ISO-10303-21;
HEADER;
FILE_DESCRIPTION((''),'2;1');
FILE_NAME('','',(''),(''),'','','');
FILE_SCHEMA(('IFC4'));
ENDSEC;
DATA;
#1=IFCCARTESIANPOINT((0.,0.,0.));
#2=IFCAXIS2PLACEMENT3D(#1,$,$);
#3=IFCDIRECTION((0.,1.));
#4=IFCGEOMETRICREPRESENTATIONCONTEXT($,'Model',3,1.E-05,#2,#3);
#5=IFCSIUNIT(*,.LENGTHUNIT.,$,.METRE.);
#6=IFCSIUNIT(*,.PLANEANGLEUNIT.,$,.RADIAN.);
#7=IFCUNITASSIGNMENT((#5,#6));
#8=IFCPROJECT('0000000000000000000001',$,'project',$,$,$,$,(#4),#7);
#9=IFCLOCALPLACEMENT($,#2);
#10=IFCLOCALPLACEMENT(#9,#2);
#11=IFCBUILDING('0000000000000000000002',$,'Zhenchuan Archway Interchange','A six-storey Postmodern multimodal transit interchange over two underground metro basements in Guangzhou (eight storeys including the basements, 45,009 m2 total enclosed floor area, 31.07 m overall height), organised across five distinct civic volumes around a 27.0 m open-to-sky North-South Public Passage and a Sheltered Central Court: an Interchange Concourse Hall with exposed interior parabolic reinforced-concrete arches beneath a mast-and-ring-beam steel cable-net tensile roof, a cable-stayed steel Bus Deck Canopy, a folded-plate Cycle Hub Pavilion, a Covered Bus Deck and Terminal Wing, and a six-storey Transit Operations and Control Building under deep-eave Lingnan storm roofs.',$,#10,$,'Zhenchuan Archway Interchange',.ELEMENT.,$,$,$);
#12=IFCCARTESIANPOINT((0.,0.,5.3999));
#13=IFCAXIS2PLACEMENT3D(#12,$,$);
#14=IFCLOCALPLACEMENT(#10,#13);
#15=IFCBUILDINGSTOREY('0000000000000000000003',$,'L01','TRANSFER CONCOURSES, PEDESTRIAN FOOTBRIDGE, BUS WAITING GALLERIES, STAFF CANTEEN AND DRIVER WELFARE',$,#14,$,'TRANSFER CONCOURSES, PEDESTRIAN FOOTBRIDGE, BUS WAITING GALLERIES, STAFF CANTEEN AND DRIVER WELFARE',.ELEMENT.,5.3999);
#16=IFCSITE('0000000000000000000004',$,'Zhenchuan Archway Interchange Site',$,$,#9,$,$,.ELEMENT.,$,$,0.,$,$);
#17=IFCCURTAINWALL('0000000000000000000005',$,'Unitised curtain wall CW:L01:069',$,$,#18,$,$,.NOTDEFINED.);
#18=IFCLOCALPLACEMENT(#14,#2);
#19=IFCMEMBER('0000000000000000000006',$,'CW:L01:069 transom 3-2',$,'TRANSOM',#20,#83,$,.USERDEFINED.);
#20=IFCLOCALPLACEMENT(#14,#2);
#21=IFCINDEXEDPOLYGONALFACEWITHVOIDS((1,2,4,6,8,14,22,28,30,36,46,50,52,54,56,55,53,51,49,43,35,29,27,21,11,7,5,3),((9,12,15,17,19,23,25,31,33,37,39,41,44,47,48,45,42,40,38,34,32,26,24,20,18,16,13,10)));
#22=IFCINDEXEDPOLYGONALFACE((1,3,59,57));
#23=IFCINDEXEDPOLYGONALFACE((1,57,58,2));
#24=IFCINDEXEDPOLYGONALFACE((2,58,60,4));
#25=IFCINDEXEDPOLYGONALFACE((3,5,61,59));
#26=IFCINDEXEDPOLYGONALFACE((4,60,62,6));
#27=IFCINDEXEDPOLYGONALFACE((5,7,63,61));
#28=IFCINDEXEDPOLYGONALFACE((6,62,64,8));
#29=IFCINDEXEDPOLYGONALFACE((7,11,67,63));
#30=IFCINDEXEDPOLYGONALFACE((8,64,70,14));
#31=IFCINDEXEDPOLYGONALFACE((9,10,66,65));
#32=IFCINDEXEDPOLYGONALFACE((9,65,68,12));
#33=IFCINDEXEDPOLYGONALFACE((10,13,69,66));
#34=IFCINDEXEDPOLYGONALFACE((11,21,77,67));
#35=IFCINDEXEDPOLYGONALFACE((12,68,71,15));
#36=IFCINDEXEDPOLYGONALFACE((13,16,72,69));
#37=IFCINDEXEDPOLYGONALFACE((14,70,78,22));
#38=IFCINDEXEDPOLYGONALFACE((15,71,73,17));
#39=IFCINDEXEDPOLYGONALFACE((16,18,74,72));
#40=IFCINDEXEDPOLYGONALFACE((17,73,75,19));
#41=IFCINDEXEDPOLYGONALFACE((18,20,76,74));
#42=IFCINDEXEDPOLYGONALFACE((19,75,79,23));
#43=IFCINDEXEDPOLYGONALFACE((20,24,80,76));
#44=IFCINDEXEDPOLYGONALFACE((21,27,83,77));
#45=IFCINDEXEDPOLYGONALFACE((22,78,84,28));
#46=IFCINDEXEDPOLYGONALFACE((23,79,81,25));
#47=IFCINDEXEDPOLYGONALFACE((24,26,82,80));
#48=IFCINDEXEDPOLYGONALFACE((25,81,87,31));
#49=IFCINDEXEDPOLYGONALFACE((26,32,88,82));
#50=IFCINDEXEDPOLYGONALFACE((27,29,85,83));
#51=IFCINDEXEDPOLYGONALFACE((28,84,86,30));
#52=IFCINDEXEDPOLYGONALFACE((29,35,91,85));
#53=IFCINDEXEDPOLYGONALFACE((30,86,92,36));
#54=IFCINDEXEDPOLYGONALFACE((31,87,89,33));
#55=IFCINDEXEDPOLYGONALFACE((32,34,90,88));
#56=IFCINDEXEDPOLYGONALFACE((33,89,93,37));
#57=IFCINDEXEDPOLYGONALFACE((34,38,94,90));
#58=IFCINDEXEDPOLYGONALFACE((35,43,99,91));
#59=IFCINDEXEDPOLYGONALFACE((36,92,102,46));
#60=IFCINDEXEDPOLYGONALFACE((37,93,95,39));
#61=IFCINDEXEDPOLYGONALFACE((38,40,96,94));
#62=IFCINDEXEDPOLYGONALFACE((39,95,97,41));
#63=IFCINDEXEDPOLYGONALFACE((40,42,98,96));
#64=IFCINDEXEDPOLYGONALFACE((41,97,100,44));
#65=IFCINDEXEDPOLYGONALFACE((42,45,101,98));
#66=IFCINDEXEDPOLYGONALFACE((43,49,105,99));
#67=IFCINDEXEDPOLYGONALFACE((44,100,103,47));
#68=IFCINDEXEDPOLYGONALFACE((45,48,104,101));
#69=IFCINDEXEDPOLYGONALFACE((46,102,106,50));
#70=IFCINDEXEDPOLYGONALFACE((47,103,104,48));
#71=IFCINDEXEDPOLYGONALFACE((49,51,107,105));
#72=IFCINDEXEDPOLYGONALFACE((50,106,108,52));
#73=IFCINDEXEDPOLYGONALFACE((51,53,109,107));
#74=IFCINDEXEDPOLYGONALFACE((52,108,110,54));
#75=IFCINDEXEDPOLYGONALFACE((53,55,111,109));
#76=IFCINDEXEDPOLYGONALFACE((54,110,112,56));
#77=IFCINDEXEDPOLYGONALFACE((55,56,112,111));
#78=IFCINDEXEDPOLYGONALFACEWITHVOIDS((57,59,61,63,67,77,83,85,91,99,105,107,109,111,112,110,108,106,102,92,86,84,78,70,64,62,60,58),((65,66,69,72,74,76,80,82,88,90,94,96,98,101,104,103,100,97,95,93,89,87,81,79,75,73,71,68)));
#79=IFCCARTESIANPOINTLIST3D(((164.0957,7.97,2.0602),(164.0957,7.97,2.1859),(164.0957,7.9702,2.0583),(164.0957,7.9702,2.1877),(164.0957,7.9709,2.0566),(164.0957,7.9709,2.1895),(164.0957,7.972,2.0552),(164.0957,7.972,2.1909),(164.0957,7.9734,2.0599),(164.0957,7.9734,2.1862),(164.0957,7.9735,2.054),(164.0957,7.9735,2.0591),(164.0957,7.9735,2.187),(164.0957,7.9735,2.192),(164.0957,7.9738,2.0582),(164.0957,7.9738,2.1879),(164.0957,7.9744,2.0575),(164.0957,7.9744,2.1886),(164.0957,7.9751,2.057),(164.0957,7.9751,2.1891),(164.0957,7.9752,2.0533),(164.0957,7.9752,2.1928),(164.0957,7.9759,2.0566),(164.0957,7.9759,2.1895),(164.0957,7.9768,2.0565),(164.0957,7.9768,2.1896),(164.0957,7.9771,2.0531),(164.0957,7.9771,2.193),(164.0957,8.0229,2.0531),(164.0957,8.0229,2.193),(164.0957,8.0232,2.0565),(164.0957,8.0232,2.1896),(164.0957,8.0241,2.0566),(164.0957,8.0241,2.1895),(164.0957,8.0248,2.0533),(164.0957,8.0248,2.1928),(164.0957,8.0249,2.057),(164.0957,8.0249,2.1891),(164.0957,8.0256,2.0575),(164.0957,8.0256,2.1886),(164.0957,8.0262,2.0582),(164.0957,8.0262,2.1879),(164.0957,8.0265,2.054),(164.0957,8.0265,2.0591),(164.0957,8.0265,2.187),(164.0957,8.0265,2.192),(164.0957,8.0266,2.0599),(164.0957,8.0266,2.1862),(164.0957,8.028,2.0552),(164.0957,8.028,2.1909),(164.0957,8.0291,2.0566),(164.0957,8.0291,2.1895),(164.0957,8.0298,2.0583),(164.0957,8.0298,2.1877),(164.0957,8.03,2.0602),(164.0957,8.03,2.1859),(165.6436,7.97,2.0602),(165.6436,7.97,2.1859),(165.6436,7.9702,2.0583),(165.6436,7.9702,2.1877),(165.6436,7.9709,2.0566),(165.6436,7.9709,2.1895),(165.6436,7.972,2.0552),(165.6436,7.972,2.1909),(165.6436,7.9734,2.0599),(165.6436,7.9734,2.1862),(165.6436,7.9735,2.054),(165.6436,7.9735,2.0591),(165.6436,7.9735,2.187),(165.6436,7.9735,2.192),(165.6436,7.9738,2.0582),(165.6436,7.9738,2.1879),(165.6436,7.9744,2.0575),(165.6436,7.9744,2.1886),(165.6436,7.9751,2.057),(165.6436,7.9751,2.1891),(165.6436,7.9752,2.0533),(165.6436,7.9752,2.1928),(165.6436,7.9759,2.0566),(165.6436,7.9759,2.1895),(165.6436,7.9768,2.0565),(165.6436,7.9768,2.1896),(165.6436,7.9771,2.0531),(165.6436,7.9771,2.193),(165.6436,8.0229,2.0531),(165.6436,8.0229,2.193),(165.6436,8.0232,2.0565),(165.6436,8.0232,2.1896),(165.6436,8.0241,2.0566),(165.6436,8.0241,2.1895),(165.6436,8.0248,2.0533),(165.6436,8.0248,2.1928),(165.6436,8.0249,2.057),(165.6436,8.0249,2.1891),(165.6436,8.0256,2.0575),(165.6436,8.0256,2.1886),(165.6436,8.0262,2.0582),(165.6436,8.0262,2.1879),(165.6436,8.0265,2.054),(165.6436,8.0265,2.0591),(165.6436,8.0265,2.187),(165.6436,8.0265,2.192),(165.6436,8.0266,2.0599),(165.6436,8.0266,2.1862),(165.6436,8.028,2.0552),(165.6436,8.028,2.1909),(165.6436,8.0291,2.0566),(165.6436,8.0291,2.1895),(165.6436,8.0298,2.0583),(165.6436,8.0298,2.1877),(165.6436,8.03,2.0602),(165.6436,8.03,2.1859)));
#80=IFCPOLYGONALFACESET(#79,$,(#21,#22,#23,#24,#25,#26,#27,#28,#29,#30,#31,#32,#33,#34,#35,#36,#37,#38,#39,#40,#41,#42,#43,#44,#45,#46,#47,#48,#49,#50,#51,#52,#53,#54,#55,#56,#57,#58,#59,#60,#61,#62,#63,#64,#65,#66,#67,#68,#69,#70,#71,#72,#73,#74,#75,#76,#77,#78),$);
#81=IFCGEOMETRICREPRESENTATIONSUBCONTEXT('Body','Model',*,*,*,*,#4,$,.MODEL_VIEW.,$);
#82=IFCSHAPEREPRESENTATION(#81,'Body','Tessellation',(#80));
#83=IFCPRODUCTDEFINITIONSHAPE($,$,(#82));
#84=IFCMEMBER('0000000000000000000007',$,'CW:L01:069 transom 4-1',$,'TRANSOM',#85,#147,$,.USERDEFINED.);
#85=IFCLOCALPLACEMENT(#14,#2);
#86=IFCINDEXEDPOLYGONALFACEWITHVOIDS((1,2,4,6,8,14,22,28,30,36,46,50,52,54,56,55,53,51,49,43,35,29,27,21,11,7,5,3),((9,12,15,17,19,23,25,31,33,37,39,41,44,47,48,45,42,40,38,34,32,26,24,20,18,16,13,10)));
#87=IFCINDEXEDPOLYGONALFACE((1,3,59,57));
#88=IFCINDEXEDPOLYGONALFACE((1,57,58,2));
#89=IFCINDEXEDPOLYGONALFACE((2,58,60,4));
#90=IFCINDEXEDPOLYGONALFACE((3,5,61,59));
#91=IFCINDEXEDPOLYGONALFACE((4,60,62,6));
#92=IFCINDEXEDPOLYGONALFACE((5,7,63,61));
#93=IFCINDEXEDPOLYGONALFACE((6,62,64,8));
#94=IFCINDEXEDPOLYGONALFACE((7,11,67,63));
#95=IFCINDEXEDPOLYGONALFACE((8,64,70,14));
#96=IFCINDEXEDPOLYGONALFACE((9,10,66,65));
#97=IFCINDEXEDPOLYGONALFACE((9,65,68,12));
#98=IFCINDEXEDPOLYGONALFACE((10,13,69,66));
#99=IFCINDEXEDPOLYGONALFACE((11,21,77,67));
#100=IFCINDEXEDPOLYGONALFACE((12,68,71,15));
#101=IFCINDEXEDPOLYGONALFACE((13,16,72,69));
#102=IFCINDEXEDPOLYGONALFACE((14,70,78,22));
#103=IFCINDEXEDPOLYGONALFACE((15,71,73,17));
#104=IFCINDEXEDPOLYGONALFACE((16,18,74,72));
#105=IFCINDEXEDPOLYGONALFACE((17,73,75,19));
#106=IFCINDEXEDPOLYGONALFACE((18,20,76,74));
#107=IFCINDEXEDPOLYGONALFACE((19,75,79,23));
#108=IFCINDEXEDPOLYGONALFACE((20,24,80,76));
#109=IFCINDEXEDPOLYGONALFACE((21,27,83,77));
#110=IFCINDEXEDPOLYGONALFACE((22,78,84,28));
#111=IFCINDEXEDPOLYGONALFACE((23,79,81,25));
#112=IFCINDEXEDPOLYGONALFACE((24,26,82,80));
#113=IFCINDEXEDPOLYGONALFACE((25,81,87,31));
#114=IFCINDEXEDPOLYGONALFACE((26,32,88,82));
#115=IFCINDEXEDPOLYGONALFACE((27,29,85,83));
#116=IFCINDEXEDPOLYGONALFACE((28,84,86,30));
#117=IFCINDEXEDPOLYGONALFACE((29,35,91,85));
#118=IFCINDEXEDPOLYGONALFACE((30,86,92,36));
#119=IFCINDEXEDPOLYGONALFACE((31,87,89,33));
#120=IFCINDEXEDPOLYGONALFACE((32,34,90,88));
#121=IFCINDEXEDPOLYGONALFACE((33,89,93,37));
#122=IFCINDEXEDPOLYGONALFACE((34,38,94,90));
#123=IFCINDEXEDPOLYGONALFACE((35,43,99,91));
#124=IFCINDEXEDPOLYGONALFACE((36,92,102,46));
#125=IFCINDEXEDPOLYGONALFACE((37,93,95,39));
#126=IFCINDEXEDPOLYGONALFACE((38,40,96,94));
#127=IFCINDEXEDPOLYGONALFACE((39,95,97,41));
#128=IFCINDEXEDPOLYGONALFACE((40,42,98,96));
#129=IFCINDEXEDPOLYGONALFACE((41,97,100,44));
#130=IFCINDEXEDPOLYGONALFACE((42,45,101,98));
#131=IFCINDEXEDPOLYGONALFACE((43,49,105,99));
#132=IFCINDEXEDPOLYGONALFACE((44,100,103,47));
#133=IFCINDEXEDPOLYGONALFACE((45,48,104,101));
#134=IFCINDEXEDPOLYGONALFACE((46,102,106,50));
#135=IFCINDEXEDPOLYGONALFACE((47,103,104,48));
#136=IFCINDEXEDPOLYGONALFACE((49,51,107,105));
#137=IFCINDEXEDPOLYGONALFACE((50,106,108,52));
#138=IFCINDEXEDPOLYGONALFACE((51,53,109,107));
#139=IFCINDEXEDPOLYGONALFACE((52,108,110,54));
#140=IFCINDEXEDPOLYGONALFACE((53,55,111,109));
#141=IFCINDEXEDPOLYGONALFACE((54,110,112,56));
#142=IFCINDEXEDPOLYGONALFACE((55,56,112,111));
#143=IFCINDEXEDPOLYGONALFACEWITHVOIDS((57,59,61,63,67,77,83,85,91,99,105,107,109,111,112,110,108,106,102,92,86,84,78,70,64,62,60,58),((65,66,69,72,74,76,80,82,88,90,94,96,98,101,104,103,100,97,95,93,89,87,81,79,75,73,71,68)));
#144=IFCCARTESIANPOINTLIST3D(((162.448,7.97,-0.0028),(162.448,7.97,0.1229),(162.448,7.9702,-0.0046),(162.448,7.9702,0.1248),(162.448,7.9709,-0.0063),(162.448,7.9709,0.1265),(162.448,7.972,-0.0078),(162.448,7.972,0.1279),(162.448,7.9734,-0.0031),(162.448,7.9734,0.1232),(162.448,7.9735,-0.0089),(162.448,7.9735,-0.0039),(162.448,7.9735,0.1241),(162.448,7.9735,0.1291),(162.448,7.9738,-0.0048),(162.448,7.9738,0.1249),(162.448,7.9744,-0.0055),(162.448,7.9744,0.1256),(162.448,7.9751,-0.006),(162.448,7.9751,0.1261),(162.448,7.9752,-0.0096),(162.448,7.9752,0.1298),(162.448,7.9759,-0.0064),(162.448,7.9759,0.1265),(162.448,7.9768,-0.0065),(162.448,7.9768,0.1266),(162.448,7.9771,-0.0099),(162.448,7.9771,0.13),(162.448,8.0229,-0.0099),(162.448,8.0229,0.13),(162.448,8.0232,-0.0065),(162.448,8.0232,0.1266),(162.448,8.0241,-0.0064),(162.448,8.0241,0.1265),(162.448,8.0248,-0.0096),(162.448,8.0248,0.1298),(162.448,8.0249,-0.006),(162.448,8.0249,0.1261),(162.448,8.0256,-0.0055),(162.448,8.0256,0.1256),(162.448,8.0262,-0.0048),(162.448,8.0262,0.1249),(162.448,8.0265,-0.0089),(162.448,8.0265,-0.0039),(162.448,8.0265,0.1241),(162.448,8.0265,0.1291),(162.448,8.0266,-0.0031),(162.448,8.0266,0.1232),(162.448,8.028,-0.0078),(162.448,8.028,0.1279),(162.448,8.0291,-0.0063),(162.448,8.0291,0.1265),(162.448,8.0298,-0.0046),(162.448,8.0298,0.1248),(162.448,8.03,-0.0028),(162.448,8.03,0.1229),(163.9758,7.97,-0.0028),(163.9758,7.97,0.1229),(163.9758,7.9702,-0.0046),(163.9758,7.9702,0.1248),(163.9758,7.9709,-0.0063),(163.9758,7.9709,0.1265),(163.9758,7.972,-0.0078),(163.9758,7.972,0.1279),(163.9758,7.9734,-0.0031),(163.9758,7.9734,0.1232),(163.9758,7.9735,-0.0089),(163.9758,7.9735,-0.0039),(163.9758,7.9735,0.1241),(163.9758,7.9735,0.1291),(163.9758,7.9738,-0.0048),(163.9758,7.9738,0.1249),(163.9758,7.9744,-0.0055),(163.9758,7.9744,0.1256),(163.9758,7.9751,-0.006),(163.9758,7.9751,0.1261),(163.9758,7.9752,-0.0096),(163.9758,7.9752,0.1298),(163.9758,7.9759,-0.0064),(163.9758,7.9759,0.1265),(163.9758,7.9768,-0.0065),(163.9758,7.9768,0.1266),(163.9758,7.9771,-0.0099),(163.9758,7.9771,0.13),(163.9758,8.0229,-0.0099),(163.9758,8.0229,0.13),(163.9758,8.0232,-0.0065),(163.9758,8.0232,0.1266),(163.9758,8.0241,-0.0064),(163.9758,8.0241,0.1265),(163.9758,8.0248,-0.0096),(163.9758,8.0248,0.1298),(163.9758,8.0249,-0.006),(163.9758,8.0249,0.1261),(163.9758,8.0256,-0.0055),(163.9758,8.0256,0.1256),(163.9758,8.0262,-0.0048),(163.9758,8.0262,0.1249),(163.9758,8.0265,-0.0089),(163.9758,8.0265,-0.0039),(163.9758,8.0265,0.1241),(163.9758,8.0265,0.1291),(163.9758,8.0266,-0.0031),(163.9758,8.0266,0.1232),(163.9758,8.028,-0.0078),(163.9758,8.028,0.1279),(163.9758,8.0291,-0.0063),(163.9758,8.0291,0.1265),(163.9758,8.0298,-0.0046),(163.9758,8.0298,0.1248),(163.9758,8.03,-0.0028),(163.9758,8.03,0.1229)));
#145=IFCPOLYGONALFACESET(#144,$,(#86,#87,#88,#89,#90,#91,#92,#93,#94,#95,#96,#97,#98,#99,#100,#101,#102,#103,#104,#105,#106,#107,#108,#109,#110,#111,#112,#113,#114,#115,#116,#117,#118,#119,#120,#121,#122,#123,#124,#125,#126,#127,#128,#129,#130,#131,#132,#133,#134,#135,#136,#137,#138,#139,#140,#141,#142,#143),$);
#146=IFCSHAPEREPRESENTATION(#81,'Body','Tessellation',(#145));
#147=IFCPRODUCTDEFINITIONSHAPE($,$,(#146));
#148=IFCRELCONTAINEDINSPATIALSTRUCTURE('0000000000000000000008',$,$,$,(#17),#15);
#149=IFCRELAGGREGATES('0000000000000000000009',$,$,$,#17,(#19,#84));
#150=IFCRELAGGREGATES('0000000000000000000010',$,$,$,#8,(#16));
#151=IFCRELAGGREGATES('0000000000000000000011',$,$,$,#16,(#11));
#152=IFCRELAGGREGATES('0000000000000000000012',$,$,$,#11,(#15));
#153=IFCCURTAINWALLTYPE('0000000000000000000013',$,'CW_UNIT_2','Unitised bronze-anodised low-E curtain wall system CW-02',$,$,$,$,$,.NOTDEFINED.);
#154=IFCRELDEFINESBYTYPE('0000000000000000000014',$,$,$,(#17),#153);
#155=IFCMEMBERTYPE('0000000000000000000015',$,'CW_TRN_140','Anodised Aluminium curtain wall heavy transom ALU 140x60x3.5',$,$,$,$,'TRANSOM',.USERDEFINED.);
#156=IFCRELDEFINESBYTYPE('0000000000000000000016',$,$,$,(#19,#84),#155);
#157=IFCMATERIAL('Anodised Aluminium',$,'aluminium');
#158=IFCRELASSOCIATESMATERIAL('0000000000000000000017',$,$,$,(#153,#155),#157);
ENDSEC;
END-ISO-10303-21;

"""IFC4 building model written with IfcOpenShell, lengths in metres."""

from ifc_helpers import new_model, si_unit, direction, frame, origin, origin_2d, place, context, subcontext, project, spatial, hollow_rectangle, extrude, material, material_profile, profile_set, type_object, element, aggregate, save


model = new_model("IFC4")

# Units and contexts
model_context = context("Model", 3, precision=1e-05, world=origin(), true_north=direction((0.0, 1.0)))
body_context = subcontext(model_context, "Body", "Model", "MODEL_VIEW")
ifc_project = project(units=[si_unit("LENGTHUNIT", "METRE"), si_unit("PLANEANGLEUNIT", "RADIAN")], contexts=[model_context])

# Site, building, storey
site_placement = place(None, origin())
site = spatial("IfcSite", under=ifc_project, at=site_placement, Name="Zhenchuan Archway Interchange Site", CompositionType="ELEMENT", RefElevation=0.0)
building_placement = place(site_placement, origin())
building = spatial("IfcBuilding", under=site, at=building_placement, Name="Zhenchuan Archway Interchange", Description="A six-storey Postmodern multimodal transit interchange over two underground metro basements in Guangzhou (eight storeys including the basements, 45,009 m2 total enclosed floor area, 31.07 m overall height), organised across five distinct civic volumes around a 27.0 m open-to-sky North-South Public Passage and a Sheltered Central Court: an Interchange Concourse Hall with exposed interior parabolic reinforced-concrete arches beneath a mast-and-ring-beam steel cable-net tensile roof, a cable-stayed steel Bus Deck Canopy, a folded-plate Cycle Hub Pavilion, a Covered Bus Deck and Terminal Wing, and a six-storey Transit Operations and Control Building under deep-eave Lingnan storm roofs.", LongName="Zhenchuan Archway Interchange", CompositionType="ELEMENT")
storey_placement = place(building_placement, frame((0.0, 0.0, 5.3999)))
storey = spatial("IfcBuildingStorey", under=building, at=storey_placement, Name="L01", Description="TRANSFER CONCOURSES, PEDESTRIAN FOOTBRIDGE, BUS WAITING GALLERIES, STAFF CANTEEN AND DRIVER WELFARE", LongName="TRANSFER CONCOURSES, PEDESTRIAN FOOTBRIDGE, BUS WAITING GALLERIES, STAFF CANTEEN AND DRIVER WELFARE", CompositionType="ELEMENT", Elevation=5.3999)

# Curtain wall, members
ifc_material_1 = material(Name="Anodised Aluminium", Category="aluminium")
curtain_wall_type = type_object("IfcCurtainWallType", Name="CW_UNIT_2", Description="Unitised bronze-anodised low-E curtain wall system CW-02", PredefinedType="NOTDEFINED", material=ifc_material_1)
curtain_wall_placement = place(storey_placement, origin())
curtain_wall = element("IfcCurtainWall", 1, at=curtain_wall_placement, inside=storey, type_object=curtain_wall_type, Name="Unitised curtain wall CW:L01:069", PredefinedType="NOTDEFINED")
ifc_material_profile_1 = material_profile(ifc_material_1, hollow_rectangle(XDim=0.0601, YDim=0.1399, WallThickness=0.0034, InnerFilletRadius=0.0034, OuterFilletRadius=0.0071, at=origin_2d()), Name="ALU 140x60x3.5")
ifc_profile_set_1 = profile_set([ifc_material_profile_1], Name="Anodised Aluminium")
member_type_1 = type_object("IfcMemberType", Name="CW_TRN_140", Description="Anodised Aluminium curtain wall heavy transom ALU 140x60x3.5", ElementType="TRANSOM", PredefinedType="USERDEFINED", material=ifc_profile_set_1)
member_1_placement = place(storey_placement, frame((165.6436, 8.0, 2.123), z_axis=(-1.0, 0.0, 0.0), x_axis=(0.0, -1.0, 0.0)))
member_1 = element("IfcMember", 2, at=member_1_placement, type_object=member_type_1, Name="CW:L01:069 transom 3-2", ObjectType="TRANSOM", PredefinedType="USERDEFINED", context=body_context, shape_type="SweptSolid", body=[
    extrude(hollow_rectangle(XDim=0.0601, YDim=0.1399, WallThickness=0.0034, InnerFilletRadius=0.0034, OuterFilletRadius=0.0071, at=origin_2d()), origin(), (0.0, 0.0, 1.0), 1.5479),
])
member_2_placement = place(storey_placement, frame((163.9758, 8.0, 0.0601), z_axis=(-1.0, 0.0, 0.0), x_axis=(0.0, -1.0, 0.0)))
member_2 = element("IfcMember", 3, at=member_2_placement, type_object=member_type_1, Name="CW:L01:069 transom 4-1", ObjectType="TRANSOM", PredefinedType="USERDEFINED", context=body_context, shape_type="SweptSolid", body=[
    extrude(hollow_rectangle(XDim=0.0601, YDim=0.1399, WallThickness=0.0034, InnerFilletRadius=0.0034, OuterFilletRadius=0.0071, at=origin_2d()), origin(), (0.0, 0.0, 1.0), 1.5278),
])

aggregate(curtain_wall, [member_1, member_2])

save(model, "model.ifc")
